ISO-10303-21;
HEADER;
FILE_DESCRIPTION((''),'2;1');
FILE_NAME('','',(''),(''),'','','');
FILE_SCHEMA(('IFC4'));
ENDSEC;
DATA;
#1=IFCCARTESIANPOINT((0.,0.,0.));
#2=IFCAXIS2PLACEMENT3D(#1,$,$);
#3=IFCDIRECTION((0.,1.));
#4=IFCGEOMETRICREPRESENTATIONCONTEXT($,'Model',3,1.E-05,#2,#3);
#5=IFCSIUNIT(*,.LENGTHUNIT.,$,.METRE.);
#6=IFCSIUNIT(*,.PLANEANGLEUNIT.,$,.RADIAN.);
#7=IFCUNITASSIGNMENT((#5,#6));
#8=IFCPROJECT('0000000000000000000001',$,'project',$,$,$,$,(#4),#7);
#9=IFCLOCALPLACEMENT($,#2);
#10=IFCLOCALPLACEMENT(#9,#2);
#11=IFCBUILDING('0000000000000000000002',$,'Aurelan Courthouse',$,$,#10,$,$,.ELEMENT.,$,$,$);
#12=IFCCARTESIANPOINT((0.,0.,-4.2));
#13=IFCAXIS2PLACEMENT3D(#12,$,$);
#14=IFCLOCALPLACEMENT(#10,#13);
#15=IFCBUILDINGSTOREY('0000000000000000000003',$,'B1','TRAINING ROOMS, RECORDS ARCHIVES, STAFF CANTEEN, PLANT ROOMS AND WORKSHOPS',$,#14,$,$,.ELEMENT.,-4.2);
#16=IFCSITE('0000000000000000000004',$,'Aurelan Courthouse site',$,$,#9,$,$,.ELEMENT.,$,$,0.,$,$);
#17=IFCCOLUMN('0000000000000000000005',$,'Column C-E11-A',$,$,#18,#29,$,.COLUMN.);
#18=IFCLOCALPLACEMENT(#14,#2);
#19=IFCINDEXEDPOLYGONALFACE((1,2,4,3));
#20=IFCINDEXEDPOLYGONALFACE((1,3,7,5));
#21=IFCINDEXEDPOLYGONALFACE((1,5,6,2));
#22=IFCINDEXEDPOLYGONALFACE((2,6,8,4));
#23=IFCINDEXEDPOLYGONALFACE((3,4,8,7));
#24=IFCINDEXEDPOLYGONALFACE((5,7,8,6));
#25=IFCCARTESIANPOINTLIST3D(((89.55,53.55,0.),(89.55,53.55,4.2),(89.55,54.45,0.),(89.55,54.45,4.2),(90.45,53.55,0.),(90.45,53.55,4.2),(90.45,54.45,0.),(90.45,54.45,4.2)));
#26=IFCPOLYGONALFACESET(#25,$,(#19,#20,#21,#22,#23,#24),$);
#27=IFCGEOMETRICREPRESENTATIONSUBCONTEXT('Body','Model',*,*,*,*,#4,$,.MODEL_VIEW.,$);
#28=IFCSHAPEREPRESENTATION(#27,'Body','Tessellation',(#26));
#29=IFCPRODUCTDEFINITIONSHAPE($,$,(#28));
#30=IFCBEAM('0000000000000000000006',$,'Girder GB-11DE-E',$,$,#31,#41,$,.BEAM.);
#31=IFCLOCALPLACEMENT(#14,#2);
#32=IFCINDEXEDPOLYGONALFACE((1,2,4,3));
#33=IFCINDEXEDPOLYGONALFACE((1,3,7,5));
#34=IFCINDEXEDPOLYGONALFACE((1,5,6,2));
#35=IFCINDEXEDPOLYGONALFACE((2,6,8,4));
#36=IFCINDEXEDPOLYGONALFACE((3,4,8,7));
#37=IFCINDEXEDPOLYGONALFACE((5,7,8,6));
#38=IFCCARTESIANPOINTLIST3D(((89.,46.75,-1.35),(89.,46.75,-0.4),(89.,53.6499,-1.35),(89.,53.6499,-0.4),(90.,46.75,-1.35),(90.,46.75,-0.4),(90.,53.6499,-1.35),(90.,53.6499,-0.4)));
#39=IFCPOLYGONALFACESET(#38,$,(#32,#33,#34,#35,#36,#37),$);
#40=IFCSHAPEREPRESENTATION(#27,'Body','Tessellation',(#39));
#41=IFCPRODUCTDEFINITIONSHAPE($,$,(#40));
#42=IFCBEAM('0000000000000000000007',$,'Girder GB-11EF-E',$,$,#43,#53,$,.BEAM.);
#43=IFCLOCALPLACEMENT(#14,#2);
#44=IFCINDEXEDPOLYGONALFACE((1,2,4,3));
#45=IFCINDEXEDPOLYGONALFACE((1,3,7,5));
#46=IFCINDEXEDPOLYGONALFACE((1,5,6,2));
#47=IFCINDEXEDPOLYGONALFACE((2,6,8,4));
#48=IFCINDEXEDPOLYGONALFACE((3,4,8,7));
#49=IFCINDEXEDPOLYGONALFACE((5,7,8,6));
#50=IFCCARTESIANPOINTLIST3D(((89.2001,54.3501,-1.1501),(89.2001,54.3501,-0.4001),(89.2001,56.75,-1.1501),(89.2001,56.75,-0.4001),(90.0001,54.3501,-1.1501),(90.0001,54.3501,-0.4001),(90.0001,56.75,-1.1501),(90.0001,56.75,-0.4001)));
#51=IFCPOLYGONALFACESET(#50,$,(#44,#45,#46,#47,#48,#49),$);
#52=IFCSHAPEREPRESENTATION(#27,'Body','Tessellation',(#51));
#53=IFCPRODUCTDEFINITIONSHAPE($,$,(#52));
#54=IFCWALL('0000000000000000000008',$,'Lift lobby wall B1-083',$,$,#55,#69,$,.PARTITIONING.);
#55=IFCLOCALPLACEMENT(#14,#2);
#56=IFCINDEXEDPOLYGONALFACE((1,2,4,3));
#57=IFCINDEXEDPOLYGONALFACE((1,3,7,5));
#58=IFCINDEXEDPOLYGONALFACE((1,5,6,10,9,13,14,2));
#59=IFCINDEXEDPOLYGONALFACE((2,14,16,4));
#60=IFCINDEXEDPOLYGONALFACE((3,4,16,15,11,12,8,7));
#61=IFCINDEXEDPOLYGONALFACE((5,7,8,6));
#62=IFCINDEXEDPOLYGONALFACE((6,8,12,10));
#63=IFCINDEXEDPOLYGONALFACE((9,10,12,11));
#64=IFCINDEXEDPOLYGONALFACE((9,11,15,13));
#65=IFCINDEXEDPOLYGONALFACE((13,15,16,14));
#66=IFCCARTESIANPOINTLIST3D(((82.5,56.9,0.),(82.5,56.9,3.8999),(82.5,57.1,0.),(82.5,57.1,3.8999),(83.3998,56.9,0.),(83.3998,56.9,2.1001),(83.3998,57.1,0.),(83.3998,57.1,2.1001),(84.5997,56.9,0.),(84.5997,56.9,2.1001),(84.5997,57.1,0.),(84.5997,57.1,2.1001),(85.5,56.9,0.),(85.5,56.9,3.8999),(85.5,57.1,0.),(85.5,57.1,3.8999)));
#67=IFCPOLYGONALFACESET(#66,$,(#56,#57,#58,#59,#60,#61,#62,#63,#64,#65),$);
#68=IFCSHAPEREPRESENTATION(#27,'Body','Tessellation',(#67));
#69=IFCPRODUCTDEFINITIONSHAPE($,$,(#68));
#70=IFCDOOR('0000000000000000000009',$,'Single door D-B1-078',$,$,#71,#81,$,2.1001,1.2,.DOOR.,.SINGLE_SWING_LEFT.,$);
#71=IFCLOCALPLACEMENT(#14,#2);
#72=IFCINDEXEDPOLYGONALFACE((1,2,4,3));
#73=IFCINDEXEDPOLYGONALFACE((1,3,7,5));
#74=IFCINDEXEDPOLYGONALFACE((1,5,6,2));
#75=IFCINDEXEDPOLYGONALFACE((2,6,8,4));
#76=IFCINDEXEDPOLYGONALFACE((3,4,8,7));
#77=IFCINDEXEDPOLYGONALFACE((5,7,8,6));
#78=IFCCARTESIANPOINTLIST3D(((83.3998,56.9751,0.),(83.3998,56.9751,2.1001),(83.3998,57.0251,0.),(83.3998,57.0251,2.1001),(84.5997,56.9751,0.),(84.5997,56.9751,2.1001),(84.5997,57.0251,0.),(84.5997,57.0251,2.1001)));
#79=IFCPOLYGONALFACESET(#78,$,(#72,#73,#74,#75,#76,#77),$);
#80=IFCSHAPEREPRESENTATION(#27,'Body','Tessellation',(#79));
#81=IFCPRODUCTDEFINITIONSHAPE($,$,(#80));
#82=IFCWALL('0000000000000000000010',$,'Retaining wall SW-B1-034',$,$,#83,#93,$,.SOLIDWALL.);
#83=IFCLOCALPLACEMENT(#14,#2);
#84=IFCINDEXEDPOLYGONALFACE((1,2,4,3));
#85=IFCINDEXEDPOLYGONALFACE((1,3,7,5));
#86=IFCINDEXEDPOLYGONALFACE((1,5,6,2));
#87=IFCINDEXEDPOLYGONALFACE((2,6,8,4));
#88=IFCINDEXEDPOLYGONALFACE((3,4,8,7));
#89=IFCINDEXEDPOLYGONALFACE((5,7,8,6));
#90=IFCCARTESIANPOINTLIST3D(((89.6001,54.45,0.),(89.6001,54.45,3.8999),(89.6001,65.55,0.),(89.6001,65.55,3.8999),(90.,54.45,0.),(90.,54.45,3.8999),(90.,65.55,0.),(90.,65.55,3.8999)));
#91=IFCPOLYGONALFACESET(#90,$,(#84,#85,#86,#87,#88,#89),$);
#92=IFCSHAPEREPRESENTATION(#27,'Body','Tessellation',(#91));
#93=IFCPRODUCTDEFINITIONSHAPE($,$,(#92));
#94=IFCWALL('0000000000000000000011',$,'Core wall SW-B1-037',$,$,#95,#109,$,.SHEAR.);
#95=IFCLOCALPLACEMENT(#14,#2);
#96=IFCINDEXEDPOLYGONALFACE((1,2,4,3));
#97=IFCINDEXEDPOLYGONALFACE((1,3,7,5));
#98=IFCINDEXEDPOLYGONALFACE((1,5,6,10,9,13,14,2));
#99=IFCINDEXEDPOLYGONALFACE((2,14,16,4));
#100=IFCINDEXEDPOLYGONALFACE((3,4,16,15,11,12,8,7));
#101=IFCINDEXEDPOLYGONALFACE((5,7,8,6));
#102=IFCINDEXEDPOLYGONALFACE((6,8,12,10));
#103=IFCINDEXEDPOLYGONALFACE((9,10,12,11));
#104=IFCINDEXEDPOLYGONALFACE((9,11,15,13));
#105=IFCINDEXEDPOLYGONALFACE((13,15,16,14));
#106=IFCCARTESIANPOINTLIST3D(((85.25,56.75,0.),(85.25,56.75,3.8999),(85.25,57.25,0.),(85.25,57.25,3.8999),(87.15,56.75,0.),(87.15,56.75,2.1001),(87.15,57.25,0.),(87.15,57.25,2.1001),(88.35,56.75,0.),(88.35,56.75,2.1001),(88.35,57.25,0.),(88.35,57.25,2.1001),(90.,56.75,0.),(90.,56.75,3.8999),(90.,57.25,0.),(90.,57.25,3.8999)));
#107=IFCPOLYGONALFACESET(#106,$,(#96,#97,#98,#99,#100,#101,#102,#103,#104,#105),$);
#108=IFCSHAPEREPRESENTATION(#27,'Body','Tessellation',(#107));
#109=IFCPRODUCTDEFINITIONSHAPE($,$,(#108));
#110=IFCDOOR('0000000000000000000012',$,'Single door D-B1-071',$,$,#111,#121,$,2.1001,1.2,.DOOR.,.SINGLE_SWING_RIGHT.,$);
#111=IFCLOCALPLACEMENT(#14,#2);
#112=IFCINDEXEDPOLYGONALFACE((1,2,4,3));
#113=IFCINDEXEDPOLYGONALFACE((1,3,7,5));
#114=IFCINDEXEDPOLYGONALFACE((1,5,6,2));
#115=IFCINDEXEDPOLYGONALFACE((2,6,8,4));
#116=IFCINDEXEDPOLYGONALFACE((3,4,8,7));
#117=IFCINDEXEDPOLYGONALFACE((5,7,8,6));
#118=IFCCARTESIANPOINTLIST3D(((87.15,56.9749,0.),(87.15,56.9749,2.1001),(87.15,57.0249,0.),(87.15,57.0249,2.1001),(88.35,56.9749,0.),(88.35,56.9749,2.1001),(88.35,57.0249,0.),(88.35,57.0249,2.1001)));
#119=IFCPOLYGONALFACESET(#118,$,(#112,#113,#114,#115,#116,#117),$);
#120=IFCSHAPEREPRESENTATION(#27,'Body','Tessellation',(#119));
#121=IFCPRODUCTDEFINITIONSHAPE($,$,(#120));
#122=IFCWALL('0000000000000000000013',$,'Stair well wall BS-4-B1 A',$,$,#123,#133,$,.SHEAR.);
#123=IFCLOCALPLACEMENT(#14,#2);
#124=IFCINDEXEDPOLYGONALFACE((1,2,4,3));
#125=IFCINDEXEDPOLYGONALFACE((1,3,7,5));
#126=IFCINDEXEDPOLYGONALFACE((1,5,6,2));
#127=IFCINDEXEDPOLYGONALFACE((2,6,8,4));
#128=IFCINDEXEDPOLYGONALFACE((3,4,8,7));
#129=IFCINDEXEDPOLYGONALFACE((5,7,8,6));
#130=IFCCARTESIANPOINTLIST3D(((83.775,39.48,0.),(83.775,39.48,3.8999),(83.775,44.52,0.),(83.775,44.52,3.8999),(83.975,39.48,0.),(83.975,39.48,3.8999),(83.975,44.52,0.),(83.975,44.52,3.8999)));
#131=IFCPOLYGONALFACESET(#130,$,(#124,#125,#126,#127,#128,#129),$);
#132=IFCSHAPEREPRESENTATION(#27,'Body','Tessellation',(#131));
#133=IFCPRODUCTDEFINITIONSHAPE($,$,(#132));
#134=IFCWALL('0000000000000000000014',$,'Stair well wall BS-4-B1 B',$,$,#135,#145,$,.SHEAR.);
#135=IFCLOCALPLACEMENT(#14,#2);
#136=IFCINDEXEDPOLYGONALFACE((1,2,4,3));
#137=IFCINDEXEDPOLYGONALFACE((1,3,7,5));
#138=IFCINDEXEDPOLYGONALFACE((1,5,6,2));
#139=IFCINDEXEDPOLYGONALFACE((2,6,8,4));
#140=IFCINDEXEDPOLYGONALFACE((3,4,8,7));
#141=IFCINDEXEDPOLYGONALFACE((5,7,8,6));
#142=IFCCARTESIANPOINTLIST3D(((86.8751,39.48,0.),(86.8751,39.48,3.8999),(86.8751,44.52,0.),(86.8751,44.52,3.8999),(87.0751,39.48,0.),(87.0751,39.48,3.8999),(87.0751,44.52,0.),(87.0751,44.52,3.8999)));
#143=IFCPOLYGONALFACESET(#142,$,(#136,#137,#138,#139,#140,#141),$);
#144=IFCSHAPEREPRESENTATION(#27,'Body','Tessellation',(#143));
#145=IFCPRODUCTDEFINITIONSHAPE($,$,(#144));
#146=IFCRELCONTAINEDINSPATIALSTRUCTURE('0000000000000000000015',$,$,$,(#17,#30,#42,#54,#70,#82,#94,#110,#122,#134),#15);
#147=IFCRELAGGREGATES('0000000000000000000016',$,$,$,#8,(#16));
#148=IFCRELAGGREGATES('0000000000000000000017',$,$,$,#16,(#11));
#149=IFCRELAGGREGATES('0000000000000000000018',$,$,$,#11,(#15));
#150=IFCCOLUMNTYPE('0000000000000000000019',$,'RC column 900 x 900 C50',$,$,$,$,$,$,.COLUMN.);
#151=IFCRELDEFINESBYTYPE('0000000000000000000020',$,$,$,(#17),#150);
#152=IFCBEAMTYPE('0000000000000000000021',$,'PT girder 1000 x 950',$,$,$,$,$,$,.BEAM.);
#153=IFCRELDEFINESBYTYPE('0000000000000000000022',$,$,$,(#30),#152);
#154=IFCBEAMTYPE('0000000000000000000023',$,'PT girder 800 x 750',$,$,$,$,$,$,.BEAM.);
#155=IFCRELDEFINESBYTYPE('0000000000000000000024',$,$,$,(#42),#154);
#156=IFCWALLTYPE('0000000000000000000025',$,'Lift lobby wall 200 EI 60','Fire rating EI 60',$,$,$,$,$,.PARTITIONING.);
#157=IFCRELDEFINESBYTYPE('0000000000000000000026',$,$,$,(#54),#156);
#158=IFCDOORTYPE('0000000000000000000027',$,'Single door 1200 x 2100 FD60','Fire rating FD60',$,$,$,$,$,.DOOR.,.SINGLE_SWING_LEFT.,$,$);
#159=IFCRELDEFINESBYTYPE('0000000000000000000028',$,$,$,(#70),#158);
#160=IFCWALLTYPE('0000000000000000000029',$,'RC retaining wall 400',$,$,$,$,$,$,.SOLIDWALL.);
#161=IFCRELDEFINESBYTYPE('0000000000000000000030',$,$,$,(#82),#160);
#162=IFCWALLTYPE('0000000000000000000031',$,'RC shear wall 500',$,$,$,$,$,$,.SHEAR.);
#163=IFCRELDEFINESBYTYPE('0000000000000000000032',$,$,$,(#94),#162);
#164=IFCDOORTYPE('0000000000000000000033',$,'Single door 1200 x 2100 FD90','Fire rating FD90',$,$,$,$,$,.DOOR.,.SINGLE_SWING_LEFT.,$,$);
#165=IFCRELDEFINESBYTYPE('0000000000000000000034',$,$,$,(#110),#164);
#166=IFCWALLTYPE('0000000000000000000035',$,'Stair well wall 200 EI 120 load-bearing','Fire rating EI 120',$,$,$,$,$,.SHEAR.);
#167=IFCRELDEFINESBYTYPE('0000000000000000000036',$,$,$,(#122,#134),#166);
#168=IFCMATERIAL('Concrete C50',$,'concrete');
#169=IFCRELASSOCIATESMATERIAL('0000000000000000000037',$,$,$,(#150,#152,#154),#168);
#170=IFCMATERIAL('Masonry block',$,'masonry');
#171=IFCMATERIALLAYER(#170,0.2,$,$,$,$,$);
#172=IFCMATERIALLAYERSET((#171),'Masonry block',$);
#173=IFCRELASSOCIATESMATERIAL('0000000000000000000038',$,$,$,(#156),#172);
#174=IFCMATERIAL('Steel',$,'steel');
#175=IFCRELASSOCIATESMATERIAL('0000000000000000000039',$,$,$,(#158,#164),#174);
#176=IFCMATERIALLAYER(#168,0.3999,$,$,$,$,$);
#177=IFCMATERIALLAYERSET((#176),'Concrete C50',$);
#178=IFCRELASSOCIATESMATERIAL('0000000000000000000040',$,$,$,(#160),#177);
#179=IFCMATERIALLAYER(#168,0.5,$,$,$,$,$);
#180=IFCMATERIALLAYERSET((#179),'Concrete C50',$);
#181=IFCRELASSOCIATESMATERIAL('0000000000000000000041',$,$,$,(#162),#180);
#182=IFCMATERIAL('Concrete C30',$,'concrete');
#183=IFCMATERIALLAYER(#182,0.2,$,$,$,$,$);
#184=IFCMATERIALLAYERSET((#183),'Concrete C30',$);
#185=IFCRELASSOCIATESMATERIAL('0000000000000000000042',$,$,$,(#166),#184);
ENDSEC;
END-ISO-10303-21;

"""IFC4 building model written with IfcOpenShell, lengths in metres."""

from ifc_helpers import new_model, si_unit, direction, frame, frame_2d, origin, origin_2d, place, context, subcontext, project, spatial, rectangle, extrude, material, layer, layer_set, material_profile, profile_set, type_object, element, fill, save


model = new_model("IFC4")

# Units and contexts
model_context = context("Model", 3, precision=1e-05, world=origin(), true_north=direction((0.0, 1.0)))
body_context = subcontext(model_context, "Body", "Model", "MODEL_VIEW")
ifc_project = project(units=[si_unit("LENGTHUNIT", "METRE"), si_unit("PLANEANGLEUNIT", "RADIAN")], contexts=[model_context])

# Site, building, storey
site_placement = place(None, origin())
site = spatial("IfcSite", under=ifc_project, at=site_placement, Name="Aurelan Courthouse site", CompositionType="ELEMENT", RefElevation=0.0)
building_placement = place(site_placement, origin())
building = spatial("IfcBuilding", under=site, at=building_placement, Name="Aurelan Courthouse", CompositionType="ELEMENT")
storey_placement = place(building_placement, frame((0.0, 0.0, -4.2)))
storey = spatial("IfcBuildingStorey", under=building, at=storey_placement, Name="B1", Description="TRAINING ROOMS, RECORDS ARCHIVES, STAFF CANTEEN, PLANT ROOMS AND WORKSHOPS", CompositionType="ELEMENT", Elevation=-4.2)

# Column
ifc_material_1 = material(Name="Concrete C50", Category="concrete")
ifc_material_profile_1 = material_profile(ifc_material_1, rectangle(XDim=0.8999, YDim=0.8999, at=origin_2d()), Name="RC 900 x 900")
ifc_profile_set_1 = profile_set([ifc_material_profile_1], Name="Concrete C50")
column_type = type_object("IfcColumnType", Name="RC column 900 x 900 C50", PredefinedType="COLUMN", material=ifc_profile_set_1)
column_placement = place(storey_placement, frame((90.0, 54.0, 0.0), z_axis=(0.0, 0.0, 1.0), x_axis=(1.0, 0.0, 0.0)))
element("IfcColumn", 1, at=column_placement, inside=storey, type_object=column_type, Name="Column C-E11-A", PredefinedType="COLUMN", context=body_context, shape_type="SweptSolid", body=[
    extrude(rectangle(XDim=0.8999, YDim=0.8999, at=origin_2d()), origin(), (0.0, 0.0, 1.0), 4.2),
])

# Beams
ifc_material_profile_2 = material_profile(ifc_material_1, rectangle(XDim=1.0, YDim=0.95, at=origin_2d()), Name="RC 1000 x 950")
ifc_profile_set_2 = profile_set([ifc_material_profile_2], Name="Concrete C50")
beam_type_1 = type_object("IfcBeamType", Name="PT girder 1000 x 950", PredefinedType="BEAM", material=ifc_profile_set_2)
beam_1_placement = place(storey_placement, frame((89.5, 46.75, -0.875), z_axis=(0.0, 1.0, 0.0), x_axis=(-1.0, 0.0, 0.0)))
element("IfcBeam", 2, at=beam_1_placement, inside=storey, type_object=beam_type_1, Name="Girder GB-11DE-E", PredefinedType="BEAM", context=body_context, shape_type="SweptSolid", body=[
    extrude(rectangle(XDim=1.0, YDim=0.95, at=origin_2d()), origin(), (0.0, 0.0, 1.0), 6.8999),
])
ifc_material_profile_3 = material_profile(ifc_material_1, rectangle(XDim=0.8, YDim=0.75, at=origin_2d()), Name="RC 800 x 750")
ifc_profile_set_3 = profile_set([ifc_material_profile_3], Name="Concrete C50")
beam_type_2 = type_object("IfcBeamType", Name="PT girder 800 x 750", PredefinedType="BEAM", material=ifc_profile_set_3)
beam_2_placement = place(storey_placement, frame((89.6001, 54.3501, -0.7751), z_axis=(0.0, 1.0, 0.0), x_axis=(-1.0, 0.0, 0.0)))
element("IfcBeam", 3, at=beam_2_placement, inside=storey, type_object=beam_type_2, Name="Girder GB-11EF-E", PredefinedType="BEAM", context=body_context, shape_type="SweptSolid", body=[
    extrude(rectangle(XDim=0.8, YDim=0.75, at=origin_2d()), origin(), (0.0, 0.0, 1.0), 2.3999),
])

# Wall, opening, door
ifc_material_2 = material(Name="Masonry block", Category="masonry")
ifc_layer_1 = layer(ifc_material_2, 0.2)
ifc_layer_set_1 = layer_set([ifc_layer_1], Name="Masonry block")
wall_type_1 = type_object("IfcWallType", Name="Lift lobby wall 200 EI 60", Description="Fire rating EI 60", PredefinedType="PARTITIONING", material=ifc_layer_set_1)
wall_1_placement = place(storey_placement, frame((82.5, 57.0, 0.0), z_axis=(0.0, 0.0, 1.0), x_axis=(1.0, 0.0, 0.0)))
wall_1 = element("IfcWall", 4, at=wall_1_placement, inside=storey, type_object=wall_type_1, Name="Lift lobby wall B1-083", PredefinedType="PARTITIONING", context=body_context, shape_type="SweptSolid", body=[
    extrude(rectangle(XDim=3.0, YDim=0.2, at=frame_2d((1.5, 0.0))), origin(), (0.0, 0.0, 1.0), 3.8999),
])
opening_1_placement = place(wall_1_placement, frame((2.0999, 0.0, 0.0), z_axis=(0.0, 0.0, 1.0), x_axis=(-1.0, 0.0, 0.0)))
opening_1 = element("IfcOpeningElement", 5, at=opening_1_placement, cuts=wall_1, PredefinedType="OPENING", context=body_context, shape_type="SweptSolid", body=[
    extrude(rectangle(XDim=1.2, YDim=2.1001, at=frame_2d((0.6001, 1.05))), frame((0.0, 0.1099, 0.0), z_axis=(0.0, -1.0, 0.0), x_axis=(1.0, 0.0, 0.0)), (0.0, 0.0, 1.0), 0.22),
])
ifc_material_3 = material(Name="Steel", Category="steel")
door_type_1 = type_object("IfcDoorType", Name="Single door 1200 x 2100 FD60", Description="Fire rating FD60", OperationType="SINGLE_SWING_LEFT", PredefinedType="DOOR", material=ifc_material_3)
door_1_placement = place(opening_1_placement, origin())
door_1 = element("IfcDoor", 6, at=door_1_placement, inside=storey, type_object=door_type_1, Name="Single door D-B1-078", OperationType="SINGLE_SWING_LEFT", OverallHeight=2.1001, OverallWidth=1.2, PredefinedType="DOOR", context=body_context, shape_type="SweptSolid", body=[
    extrude(rectangle(XDim=1.2, YDim=2.1001, at=frame_2d((0.6001, 1.05))), frame((0.0, 0.0249, 0.0), z_axis=(0.0, -1.0, 0.0), x_axis=(1.0, 0.0, 0.0)), (0.0, 0.0, 1.0), 0.05),
])
fill(opening_1, door_1)

# Wall
ifc_layer_2 = layer(ifc_material_1, 0.3999)
ifc_layer_set_2 = layer_set([ifc_layer_2], Name="Concrete C50")
wall_type_2 = type_object("IfcWallType", Name="RC retaining wall 400", PredefinedType="SOLIDWALL", material=ifc_layer_set_2)
wall_2_placement = place(storey_placement, frame((89.8, 54.45, 0.0), z_axis=(0.0, 0.0, 1.0), x_axis=(0.0, 1.0, 0.0)))
element("IfcWall", 7, at=wall_2_placement, inside=storey, type_object=wall_type_2, Name="Retaining wall SW-B1-034", PredefinedType="SOLIDWALL", context=body_context, shape_type="SweptSolid", body=[
    extrude(rectangle(XDim=11.1001, YDim=0.3999, at=frame_2d((5.55, 0.0))), origin(), (0.0, 0.0, 1.0), 3.8999),
])

# Wall, opening, door
ifc_layer_3 = layer(ifc_material_1, 0.5)
ifc_layer_set_3 = layer_set([ifc_layer_3], Name="Concrete C50")
wall_type_3 = type_object("IfcWallType", Name="RC shear wall 500", PredefinedType="SHEAR", material=ifc_layer_set_3)
wall_3_placement = place(storey_placement, frame((85.25, 57.0, 0.0), z_axis=(0.0, 0.0, 1.0), x_axis=(1.0, 0.0, 0.0)))
wall_3 = element("IfcWall", 8, at=wall_3_placement, inside=storey, type_object=wall_type_3, Name="Core wall SW-B1-037", PredefinedType="SHEAR", context=body_context, shape_type="SweptSolid", body=[
    extrude(rectangle(XDim=4.75, YDim=0.5, at=frame_2d((2.375, 0.0))), origin(), (0.0, 0.0, 1.0), 3.8999),
])
opening_2_placement = place(wall_3_placement, frame((1.8999, 0.0, 0.0)))
opening_2 = element("IfcOpeningElement", 9, at=opening_2_placement, cuts=wall_3, PredefinedType="OPENING", context=body_context, shape_type="SweptSolid", body=[
    extrude(rectangle(XDim=1.2, YDim=2.1001, at=frame_2d((0.6001, 1.05))), frame((0.0, 0.26, 0.0), z_axis=(0.0, -1.0, 0.0), x_axis=(1.0, 0.0, 0.0)), (0.0, 0.0, 1.0), 0.52),
])
door_type_2 = type_object("IfcDoorType", Name="Single door 1200 x 2100 FD90", Description="Fire rating FD90", OperationType="SINGLE_SWING_LEFT", PredefinedType="DOOR", material=ifc_material_3)
door_2_placement = place(opening_2_placement, origin())
door_2 = element("IfcDoor", 10, at=door_2_placement, inside=storey, type_object=door_type_2, Name="Single door D-B1-071", OperationType="SINGLE_SWING_RIGHT", OverallHeight=2.1001, OverallWidth=1.2, PredefinedType="DOOR", context=body_context, shape_type="SweptSolid", body=[
    extrude(rectangle(XDim=1.2, YDim=2.1001, at=frame_2d((0.6001, 1.05))), frame((0.0, 0.0249, 0.0), z_axis=(0.0, -1.0, 0.0), x_axis=(1.0, 0.0, 0.0)), (0.0, 0.0, 1.0), 0.05),
])
fill(opening_2, door_2)

# Walls
ifc_material_4 = material(Name="Concrete C30", Category="concrete")
ifc_layer_4 = layer(ifc_material_4, 0.2)
ifc_layer_set_4 = layer_set([ifc_layer_4], Name="Concrete C30")
wall_type_4 = type_object("IfcWallType", Name="Stair well wall 200 EI 120 load-bearing", Description="Fire rating EI 120", PredefinedType="SHEAR", material=ifc_layer_set_4)
for number, where, z_axis, x_axis, name in (
    (11, (83.875, 39.48, 0.0), (0.0, 0.0, 1.0), (0.0, 1.0, 0.0), "Stair well wall BS-4-B1 A"),
    (12, (86.9751, 39.48, 0.0), (0.0, 0.0, 1.0), (0.0, 1.0, 0.0), "Stair well wall BS-4-B1 B"),
):
    element("IfcWall", number, at=place(storey_placement, frame(where, z_axis=z_axis, x_axis=x_axis)), inside=storey, type_object=wall_type_4, Name=name, PredefinedType="SHEAR", context=body_context, shape_type="SweptSolid", body=[
        extrude(rectangle(XDim=5.04, YDim=0.2, at=frame_2d((2.52, 0.0))), origin(), (0.0, 0.0, 1.0), 3.8999),
    ])

save(model, "model.ifc")
